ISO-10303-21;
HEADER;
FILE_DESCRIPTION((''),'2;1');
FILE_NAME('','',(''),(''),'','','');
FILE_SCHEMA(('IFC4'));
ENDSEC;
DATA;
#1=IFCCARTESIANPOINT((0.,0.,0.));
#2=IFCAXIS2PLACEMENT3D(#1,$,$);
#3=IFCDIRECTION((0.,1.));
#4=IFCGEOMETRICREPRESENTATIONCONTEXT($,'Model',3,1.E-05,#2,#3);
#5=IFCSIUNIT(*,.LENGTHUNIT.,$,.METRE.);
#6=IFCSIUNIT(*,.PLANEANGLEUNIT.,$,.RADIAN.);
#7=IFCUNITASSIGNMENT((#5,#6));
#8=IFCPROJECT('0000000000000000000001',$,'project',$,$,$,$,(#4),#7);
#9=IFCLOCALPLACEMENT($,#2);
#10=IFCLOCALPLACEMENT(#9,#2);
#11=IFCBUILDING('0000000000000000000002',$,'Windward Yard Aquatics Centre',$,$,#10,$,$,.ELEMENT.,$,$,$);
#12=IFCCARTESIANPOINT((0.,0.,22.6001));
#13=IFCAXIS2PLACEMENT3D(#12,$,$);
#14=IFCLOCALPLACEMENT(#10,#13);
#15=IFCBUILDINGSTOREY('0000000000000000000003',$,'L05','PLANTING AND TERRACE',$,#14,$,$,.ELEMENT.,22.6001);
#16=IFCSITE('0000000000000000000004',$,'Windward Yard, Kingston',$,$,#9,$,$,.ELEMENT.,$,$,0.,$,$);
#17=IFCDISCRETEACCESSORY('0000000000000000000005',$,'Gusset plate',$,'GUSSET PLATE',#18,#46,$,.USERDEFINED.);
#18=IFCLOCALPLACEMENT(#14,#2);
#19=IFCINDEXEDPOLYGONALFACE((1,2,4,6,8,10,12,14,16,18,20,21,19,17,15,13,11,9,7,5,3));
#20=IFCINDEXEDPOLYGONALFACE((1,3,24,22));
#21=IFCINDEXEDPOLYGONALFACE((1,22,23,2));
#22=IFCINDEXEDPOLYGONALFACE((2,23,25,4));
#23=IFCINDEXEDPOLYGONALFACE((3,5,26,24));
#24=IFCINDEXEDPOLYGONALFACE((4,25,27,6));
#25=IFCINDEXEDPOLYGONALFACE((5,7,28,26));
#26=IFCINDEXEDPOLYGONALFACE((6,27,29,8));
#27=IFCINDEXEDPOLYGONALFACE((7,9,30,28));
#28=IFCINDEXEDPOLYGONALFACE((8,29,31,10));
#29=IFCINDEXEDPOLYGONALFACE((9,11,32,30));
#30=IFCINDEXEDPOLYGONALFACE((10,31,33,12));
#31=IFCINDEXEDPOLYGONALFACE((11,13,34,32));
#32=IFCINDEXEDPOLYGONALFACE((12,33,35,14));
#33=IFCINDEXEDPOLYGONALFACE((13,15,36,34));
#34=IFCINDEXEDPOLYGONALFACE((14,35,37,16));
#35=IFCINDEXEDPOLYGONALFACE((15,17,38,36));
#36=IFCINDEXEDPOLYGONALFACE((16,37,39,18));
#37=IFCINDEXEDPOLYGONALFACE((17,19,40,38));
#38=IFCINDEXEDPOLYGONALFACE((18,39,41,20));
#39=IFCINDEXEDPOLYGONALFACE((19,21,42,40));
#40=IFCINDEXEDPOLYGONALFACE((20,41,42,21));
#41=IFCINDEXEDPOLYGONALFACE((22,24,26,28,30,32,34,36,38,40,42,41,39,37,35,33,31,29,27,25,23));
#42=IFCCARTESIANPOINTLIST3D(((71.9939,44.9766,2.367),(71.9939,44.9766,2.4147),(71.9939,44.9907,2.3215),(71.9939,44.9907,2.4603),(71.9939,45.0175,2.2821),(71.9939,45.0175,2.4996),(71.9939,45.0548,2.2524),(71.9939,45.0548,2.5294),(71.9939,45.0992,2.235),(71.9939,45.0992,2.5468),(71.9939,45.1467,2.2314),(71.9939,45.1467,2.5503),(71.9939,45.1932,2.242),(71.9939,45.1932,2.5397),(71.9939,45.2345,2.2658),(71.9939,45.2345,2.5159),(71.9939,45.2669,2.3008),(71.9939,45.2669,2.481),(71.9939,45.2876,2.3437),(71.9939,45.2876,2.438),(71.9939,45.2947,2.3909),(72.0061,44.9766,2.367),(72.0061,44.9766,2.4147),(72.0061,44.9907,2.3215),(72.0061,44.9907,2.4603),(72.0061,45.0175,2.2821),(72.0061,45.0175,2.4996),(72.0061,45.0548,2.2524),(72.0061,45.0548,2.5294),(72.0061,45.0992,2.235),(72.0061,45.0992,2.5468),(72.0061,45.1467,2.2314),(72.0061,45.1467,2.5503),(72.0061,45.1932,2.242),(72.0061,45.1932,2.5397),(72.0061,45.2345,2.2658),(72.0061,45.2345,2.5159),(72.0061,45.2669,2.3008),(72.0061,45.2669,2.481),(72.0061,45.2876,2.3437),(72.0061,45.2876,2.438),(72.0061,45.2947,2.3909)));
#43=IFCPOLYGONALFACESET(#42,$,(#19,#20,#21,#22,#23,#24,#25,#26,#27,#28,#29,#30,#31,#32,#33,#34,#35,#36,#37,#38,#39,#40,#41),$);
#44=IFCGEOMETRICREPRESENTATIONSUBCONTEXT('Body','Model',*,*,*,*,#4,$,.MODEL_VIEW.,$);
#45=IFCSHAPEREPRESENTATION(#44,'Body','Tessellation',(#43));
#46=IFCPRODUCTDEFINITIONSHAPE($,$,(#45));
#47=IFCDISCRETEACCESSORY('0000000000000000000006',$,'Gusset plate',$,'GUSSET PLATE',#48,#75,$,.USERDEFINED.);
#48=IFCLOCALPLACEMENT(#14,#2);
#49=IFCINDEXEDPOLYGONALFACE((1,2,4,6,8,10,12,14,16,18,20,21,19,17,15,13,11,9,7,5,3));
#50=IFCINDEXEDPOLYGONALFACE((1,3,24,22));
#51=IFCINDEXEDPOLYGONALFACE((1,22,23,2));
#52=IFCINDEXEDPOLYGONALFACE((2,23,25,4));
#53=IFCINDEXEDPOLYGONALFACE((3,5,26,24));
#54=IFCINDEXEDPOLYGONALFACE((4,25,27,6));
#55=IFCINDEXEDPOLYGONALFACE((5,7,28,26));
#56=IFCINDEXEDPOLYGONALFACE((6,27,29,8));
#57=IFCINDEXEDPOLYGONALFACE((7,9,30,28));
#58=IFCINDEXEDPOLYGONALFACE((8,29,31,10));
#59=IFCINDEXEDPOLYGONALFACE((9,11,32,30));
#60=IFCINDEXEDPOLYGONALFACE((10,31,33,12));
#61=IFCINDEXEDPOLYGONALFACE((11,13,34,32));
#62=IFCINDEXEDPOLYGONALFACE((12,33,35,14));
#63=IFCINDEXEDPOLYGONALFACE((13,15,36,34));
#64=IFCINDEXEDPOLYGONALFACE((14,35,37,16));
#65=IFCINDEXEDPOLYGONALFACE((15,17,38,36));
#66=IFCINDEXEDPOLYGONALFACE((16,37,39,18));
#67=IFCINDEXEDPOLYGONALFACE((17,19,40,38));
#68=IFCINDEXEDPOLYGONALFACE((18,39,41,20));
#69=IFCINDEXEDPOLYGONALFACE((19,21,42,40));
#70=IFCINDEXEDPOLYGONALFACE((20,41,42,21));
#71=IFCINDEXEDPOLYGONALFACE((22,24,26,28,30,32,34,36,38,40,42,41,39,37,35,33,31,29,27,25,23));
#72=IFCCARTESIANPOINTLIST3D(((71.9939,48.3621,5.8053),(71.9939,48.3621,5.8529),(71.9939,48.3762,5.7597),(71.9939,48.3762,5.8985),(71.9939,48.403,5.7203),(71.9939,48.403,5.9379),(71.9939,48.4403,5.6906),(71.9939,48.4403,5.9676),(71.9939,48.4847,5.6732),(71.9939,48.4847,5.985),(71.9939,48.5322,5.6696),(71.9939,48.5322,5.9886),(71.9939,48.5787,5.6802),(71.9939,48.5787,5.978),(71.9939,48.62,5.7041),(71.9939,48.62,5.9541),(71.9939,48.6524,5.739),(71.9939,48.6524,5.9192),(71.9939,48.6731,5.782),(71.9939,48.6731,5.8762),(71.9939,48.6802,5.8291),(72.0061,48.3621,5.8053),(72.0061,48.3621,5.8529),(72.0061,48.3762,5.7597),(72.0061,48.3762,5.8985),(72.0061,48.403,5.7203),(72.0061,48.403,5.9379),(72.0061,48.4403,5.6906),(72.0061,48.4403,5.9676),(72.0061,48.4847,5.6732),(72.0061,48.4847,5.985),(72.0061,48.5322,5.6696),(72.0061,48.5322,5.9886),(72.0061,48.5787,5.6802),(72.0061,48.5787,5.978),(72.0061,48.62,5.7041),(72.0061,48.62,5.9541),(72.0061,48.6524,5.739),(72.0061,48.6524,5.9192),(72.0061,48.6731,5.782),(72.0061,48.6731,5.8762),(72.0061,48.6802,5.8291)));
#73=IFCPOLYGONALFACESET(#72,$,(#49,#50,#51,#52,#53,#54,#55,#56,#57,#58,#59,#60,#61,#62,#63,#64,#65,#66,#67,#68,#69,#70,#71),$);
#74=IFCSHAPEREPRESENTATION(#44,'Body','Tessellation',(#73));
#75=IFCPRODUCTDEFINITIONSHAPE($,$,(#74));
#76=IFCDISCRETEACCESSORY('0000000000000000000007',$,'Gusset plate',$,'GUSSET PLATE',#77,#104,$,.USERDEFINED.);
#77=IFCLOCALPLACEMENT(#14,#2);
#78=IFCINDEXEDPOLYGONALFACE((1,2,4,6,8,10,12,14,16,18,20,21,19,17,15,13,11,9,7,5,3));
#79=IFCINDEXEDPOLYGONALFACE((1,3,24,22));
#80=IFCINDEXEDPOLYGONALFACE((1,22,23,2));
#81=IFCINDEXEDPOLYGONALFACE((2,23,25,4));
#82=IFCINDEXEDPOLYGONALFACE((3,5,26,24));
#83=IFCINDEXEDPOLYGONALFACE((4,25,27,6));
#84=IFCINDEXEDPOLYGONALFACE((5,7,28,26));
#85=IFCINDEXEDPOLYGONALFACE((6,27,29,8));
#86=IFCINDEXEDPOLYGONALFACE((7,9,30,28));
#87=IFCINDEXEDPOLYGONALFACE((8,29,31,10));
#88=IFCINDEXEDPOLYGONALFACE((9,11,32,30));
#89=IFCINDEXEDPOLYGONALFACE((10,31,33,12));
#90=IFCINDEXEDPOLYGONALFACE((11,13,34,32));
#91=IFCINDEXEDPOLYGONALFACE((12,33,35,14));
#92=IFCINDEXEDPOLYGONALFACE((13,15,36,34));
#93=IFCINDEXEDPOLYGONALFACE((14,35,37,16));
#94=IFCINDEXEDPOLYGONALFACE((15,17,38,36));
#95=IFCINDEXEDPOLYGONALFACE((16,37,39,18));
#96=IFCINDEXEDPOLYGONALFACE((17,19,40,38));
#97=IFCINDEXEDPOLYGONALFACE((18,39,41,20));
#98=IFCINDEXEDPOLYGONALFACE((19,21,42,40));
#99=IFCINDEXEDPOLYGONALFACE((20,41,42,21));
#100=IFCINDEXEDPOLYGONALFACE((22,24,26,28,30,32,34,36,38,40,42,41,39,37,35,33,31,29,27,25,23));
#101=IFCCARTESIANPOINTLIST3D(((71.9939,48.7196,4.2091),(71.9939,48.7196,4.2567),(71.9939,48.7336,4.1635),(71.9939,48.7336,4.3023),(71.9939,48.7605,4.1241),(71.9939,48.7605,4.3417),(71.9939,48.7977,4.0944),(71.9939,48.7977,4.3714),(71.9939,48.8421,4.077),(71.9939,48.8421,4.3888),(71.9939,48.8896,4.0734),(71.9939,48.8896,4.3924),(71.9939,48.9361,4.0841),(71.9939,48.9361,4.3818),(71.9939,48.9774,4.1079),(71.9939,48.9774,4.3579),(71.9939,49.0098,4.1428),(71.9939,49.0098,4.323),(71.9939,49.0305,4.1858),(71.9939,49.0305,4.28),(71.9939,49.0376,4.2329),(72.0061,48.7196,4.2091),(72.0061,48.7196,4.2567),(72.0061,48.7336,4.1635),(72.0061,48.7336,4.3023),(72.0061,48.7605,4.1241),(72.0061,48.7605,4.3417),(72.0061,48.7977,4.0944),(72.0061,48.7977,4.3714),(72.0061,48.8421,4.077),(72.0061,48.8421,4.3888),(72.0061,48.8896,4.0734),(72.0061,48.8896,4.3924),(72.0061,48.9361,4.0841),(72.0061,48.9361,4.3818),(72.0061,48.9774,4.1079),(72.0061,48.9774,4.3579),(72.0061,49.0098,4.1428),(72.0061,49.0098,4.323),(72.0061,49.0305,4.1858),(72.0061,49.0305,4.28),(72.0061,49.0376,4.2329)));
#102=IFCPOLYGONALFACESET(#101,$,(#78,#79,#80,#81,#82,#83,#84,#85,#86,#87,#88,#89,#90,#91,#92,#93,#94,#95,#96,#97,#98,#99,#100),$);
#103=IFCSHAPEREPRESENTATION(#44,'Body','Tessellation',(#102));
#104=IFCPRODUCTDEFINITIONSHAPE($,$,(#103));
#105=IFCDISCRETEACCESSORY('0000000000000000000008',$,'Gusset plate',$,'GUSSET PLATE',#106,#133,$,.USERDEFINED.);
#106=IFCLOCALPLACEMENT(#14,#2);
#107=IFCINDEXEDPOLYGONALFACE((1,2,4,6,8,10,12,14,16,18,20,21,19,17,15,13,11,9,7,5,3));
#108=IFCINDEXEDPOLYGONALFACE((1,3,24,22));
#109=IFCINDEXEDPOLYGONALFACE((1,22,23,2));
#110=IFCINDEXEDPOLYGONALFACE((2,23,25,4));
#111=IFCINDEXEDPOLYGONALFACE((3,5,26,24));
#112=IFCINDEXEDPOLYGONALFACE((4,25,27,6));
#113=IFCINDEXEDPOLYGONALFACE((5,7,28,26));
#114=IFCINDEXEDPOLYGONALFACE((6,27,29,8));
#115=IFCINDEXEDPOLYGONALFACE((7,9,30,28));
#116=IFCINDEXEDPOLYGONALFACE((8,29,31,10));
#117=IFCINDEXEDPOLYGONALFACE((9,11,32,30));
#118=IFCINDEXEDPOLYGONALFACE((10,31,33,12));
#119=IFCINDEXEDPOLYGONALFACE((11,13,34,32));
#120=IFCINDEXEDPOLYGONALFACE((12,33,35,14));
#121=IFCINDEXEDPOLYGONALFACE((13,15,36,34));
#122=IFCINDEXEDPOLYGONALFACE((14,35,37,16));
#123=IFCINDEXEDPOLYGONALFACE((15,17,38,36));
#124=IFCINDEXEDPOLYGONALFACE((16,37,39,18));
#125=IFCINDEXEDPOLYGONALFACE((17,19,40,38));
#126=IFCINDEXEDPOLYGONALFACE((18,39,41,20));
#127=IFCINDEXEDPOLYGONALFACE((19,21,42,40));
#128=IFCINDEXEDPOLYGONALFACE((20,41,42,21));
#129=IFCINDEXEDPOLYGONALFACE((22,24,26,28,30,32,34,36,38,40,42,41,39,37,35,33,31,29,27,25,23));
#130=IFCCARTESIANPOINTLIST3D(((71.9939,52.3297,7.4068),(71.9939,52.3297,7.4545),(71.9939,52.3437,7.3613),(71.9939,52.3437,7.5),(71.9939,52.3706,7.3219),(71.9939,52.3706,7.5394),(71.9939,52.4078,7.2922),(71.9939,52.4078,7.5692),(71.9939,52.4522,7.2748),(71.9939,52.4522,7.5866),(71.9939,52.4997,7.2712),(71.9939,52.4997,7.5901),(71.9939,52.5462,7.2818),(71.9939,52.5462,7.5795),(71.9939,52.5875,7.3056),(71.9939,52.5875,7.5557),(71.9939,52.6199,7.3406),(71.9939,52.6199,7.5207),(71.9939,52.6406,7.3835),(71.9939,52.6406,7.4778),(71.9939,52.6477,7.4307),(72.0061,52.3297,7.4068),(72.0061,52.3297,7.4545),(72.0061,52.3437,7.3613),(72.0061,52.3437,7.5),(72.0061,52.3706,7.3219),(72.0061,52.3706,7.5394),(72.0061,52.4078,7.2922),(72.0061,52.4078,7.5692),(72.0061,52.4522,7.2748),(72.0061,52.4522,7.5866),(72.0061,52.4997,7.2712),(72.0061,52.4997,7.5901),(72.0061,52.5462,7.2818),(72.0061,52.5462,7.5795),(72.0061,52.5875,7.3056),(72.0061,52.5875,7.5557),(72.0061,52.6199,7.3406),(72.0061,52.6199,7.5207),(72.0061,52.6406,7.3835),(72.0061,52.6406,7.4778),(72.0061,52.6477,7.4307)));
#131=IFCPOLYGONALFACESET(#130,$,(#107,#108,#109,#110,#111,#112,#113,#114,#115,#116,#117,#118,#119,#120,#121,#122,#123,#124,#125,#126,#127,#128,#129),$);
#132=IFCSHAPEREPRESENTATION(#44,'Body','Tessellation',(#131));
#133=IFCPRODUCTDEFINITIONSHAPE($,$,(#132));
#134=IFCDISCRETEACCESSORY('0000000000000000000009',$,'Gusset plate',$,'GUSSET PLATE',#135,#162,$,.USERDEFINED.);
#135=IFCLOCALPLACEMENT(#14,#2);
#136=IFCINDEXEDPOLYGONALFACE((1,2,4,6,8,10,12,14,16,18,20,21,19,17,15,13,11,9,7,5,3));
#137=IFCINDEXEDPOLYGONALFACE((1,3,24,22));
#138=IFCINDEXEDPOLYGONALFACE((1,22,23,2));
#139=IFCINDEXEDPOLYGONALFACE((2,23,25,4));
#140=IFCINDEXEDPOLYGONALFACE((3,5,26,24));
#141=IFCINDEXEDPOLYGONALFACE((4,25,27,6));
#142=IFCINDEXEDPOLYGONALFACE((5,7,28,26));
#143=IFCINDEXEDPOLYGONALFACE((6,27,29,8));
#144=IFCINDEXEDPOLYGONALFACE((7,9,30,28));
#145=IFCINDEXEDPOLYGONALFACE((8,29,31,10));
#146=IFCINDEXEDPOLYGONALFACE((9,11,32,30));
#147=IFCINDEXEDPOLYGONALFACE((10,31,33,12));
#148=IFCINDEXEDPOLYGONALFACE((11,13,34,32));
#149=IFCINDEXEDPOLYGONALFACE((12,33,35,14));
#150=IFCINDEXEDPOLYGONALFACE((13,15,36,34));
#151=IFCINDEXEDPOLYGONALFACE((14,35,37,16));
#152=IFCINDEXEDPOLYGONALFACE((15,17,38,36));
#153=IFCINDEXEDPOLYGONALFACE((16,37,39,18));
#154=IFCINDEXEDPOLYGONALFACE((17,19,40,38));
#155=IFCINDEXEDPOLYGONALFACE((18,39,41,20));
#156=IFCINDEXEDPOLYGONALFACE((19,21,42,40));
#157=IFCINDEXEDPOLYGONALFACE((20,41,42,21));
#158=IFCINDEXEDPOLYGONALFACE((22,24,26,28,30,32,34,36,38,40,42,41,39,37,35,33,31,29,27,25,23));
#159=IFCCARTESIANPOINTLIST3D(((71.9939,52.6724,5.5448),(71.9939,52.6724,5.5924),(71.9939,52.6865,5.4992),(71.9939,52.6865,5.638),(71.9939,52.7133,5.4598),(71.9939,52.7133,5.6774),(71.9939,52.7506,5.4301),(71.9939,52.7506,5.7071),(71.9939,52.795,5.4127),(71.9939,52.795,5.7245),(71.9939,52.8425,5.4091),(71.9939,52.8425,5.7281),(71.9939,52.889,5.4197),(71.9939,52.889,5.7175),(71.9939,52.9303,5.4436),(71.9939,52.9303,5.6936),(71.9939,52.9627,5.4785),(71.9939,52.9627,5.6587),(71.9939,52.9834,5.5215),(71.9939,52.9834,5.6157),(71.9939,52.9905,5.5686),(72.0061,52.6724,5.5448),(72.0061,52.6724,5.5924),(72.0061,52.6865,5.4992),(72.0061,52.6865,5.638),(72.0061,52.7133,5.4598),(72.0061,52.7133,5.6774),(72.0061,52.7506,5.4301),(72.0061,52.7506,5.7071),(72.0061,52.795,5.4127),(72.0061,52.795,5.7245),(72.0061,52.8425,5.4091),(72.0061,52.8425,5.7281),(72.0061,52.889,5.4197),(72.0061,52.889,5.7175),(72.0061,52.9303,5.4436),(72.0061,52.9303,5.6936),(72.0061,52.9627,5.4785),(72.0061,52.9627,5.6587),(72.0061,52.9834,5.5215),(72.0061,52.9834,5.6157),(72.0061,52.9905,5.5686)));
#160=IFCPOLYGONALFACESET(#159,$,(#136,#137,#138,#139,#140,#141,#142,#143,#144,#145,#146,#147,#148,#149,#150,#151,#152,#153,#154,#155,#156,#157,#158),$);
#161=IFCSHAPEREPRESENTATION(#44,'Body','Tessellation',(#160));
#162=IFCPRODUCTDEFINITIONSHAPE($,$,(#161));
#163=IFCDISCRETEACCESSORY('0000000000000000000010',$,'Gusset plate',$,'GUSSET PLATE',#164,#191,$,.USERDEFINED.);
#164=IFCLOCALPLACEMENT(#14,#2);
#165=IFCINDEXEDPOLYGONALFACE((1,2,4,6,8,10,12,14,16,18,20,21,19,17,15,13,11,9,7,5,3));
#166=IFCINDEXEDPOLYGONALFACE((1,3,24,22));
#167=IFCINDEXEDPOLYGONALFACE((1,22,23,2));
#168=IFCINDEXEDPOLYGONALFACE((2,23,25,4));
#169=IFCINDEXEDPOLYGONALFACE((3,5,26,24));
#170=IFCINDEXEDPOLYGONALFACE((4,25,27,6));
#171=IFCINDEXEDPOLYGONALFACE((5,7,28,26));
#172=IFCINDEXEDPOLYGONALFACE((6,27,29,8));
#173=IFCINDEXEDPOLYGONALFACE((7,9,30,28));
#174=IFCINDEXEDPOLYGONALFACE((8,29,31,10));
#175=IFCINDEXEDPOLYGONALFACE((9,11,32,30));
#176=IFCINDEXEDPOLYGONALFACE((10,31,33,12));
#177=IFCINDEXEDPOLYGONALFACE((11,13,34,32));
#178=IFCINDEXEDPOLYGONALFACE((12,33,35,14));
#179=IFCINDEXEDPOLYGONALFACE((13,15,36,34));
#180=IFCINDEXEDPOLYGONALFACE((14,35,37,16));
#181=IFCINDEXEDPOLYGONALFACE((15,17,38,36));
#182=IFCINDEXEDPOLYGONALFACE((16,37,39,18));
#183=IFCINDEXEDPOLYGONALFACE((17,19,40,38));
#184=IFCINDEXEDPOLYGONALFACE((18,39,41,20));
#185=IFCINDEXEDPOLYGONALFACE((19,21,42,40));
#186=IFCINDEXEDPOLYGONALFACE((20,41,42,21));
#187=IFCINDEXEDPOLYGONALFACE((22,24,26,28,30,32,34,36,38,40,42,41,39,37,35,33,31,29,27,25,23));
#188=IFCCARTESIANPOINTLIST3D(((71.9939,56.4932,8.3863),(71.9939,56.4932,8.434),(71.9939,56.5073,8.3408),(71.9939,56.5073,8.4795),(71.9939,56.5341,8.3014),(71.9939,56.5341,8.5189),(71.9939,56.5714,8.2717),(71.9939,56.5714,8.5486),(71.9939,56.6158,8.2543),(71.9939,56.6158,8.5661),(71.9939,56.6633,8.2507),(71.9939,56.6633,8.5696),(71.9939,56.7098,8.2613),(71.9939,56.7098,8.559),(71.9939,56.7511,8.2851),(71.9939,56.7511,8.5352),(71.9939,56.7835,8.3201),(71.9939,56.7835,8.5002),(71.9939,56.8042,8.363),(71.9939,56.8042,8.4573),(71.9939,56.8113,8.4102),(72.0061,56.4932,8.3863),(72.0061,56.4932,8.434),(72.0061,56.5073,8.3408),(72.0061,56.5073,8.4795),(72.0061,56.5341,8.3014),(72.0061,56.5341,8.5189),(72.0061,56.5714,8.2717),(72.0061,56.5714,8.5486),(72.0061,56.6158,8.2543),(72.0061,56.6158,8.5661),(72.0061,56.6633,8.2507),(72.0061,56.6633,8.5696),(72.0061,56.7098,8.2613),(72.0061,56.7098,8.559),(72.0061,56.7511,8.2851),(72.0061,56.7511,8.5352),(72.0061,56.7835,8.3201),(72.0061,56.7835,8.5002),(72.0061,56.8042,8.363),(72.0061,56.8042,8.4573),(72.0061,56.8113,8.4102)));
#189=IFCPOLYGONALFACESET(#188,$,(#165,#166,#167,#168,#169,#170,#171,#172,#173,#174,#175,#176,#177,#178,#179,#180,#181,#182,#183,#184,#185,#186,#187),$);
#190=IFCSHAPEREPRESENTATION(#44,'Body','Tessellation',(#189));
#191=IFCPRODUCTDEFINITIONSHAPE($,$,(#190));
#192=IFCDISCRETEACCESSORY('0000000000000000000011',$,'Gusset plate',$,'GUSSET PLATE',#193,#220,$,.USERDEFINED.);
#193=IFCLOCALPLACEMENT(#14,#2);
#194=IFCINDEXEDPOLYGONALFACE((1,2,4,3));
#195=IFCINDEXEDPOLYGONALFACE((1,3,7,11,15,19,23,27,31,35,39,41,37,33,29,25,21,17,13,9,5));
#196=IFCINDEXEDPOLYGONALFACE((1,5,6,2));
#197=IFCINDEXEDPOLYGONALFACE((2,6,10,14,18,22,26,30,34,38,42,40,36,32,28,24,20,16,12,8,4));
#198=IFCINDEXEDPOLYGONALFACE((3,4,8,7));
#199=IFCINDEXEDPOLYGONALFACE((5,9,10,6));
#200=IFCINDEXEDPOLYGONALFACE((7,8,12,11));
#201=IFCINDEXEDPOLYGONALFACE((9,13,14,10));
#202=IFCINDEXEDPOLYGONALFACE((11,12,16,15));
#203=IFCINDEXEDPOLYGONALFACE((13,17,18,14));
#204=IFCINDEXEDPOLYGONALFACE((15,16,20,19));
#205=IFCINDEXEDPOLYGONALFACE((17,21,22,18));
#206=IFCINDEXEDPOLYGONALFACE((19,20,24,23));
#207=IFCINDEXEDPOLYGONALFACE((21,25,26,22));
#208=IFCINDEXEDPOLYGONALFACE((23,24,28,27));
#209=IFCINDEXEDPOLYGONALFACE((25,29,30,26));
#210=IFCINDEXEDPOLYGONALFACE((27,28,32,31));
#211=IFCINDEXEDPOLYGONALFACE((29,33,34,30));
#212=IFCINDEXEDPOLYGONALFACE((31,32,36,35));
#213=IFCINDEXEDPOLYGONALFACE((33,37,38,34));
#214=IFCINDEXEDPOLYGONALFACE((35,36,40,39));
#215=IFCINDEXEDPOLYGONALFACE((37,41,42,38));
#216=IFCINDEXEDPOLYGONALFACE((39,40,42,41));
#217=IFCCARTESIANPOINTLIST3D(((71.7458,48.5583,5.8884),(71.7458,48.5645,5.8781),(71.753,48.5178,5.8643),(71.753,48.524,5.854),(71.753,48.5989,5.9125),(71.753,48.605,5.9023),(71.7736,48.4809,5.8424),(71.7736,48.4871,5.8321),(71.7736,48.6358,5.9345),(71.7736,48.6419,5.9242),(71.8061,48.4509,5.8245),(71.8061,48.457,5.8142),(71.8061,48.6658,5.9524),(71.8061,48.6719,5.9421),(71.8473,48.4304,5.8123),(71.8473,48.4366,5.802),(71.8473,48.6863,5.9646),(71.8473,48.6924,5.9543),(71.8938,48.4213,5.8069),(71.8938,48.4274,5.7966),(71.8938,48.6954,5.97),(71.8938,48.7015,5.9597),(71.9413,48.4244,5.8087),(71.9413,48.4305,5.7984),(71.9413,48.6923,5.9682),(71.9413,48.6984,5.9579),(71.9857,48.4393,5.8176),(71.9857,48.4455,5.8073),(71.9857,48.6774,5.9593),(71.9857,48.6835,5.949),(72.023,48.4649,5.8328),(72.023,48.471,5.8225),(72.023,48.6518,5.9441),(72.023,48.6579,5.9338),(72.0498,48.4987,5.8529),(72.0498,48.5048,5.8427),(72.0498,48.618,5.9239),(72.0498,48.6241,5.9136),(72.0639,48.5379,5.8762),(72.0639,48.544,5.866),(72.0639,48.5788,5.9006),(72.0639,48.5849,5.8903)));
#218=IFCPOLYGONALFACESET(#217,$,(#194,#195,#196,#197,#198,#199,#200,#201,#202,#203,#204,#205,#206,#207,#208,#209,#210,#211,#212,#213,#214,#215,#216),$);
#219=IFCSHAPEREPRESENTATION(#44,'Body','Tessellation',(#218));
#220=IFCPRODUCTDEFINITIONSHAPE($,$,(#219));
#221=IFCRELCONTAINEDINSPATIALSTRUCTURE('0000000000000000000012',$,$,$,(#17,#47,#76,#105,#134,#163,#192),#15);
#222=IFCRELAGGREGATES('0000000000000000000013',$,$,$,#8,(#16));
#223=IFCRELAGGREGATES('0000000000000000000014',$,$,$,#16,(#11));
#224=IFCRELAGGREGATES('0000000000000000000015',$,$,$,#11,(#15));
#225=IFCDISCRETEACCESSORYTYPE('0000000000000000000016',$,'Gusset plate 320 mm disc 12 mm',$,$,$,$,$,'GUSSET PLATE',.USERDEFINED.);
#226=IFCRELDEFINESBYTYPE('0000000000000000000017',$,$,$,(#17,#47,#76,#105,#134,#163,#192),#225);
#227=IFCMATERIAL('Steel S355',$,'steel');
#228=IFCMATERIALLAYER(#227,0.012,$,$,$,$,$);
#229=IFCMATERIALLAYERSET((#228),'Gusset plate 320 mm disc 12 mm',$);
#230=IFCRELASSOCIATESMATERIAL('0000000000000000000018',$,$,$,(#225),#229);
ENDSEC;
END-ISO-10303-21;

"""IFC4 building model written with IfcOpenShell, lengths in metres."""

from ifc_helpers import new_model, si_unit, direction, frame, origin, origin_2d, place, context, subcontext, project, spatial, circle, extrude, material, layer, layer_set, type_object, element, save


model = new_model("IFC4")

# Units and contexts
model_context = context("Model", 3, precision=1e-05, world=origin(), true_north=direction((0.0, 1.0)))
body_context = subcontext(model_context, "Body", "Model", "MODEL_VIEW")
ifc_project = project(units=[si_unit("LENGTHUNIT", "METRE"), si_unit("PLANEANGLEUNIT", "RADIAN")], contexts=[model_context])

# Site, building, storey
site_placement = place(None, origin())
site = spatial("IfcSite", under=ifc_project, at=site_placement, Name="Windward Yard, Kingston", CompositionType="ELEMENT", RefElevation=0.0)
building_placement = place(site_placement, origin())
building = spatial("IfcBuilding", under=site, at=building_placement, Name="Windward Yard Aquatics Centre", CompositionType="ELEMENT")
storey_placement = place(building_placement, frame((0.0, 0.0, 22.6001)))
storey = spatial("IfcBuildingStorey", under=building, at=storey_placement, Name="L05", Description="PLANTING AND TERRACE", CompositionType="ELEMENT", Elevation=22.6001)

# Discrete accessories
ifc_material_1 = material(Name="Steel S355", Category="steel")
ifc_layer = layer(ifc_material_1, 0.012)
ifc_layer_set = layer_set([ifc_layer], Name="Gusset plate 320 mm disc 12 mm")
discrete_accessory_type = type_object("IfcDiscreteAccessoryType", Name="Gusset plate 320 mm disc 12 mm", ElementType="GUSSET PLATE", PredefinedType="USERDEFINED", material=ifc_layer_set)
for number, where, z_axis, x_axis, name in (
    (1, (71.9939, 45.1348, 2.3909), (1.0, 0.0, 0.0), (0.0, 1.0, 0.0), "Gusset plate"),
    (2, (71.9939, 48.5203, 5.8291), (1.0, 0.0, 0.0), (0.0, 1.0, 0.0), "Gusset plate"),
    (3, (71.9939, 48.8777, 4.2329), (1.0, 0.0, 0.0), (0.0, 1.0, 0.0), "Gusset plate"),
    (4, (71.9939, 52.4878, 7.4307), (1.0, 0.0, 0.0), (0.0, 1.0, 0.0), "Gusset plate"),
    (5, (71.9939, 52.8306, 5.5686), (1.0, 0.0, 0.0), (0.0, 1.0, 0.0), "Gusset plate"),
    (6, (71.9939, 56.6514, 8.4102), (1.0, 0.0, 0.0), (0.0, 1.0, 0.0), "Gusset plate"),
):
    element("IfcDiscreteAccessory", number, at=place(storey_placement, frame(where, z_axis=z_axis, x_axis=x_axis)), inside=storey, type_object=discrete_accessory_type, Name=name, ObjectType="GUSSET PLATE", PredefinedType="USERDEFINED", context=body_context, shape_type="SweptSolid", body=[
        extrude(circle(Radius=0.1599, at=origin_2d()), origin(), (0.0, 0.0, 1.0), 0.0122),
    ])
discrete_accessory_1_placement = place(storey_placement, frame((71.9058, 48.5583, 5.8884), z_axis=(0.0, 0.511484, -0.859293), x_axis=(-1.0, 0.0, 0.0)))
element("IfcDiscreteAccessory", 7, at=discrete_accessory_1_placement, inside=storey, type_object=discrete_accessory_type, Name="Gusset plate", ObjectType="GUSSET PLATE", PredefinedType="USERDEFINED", context=body_context, shape_type="SweptSolid", body=[
    extrude(circle(Radius=0.1599, at=origin_2d()), origin(), (0.0, 0.0, 1.0), 0.012),
])

save(model, "model.ifc")
